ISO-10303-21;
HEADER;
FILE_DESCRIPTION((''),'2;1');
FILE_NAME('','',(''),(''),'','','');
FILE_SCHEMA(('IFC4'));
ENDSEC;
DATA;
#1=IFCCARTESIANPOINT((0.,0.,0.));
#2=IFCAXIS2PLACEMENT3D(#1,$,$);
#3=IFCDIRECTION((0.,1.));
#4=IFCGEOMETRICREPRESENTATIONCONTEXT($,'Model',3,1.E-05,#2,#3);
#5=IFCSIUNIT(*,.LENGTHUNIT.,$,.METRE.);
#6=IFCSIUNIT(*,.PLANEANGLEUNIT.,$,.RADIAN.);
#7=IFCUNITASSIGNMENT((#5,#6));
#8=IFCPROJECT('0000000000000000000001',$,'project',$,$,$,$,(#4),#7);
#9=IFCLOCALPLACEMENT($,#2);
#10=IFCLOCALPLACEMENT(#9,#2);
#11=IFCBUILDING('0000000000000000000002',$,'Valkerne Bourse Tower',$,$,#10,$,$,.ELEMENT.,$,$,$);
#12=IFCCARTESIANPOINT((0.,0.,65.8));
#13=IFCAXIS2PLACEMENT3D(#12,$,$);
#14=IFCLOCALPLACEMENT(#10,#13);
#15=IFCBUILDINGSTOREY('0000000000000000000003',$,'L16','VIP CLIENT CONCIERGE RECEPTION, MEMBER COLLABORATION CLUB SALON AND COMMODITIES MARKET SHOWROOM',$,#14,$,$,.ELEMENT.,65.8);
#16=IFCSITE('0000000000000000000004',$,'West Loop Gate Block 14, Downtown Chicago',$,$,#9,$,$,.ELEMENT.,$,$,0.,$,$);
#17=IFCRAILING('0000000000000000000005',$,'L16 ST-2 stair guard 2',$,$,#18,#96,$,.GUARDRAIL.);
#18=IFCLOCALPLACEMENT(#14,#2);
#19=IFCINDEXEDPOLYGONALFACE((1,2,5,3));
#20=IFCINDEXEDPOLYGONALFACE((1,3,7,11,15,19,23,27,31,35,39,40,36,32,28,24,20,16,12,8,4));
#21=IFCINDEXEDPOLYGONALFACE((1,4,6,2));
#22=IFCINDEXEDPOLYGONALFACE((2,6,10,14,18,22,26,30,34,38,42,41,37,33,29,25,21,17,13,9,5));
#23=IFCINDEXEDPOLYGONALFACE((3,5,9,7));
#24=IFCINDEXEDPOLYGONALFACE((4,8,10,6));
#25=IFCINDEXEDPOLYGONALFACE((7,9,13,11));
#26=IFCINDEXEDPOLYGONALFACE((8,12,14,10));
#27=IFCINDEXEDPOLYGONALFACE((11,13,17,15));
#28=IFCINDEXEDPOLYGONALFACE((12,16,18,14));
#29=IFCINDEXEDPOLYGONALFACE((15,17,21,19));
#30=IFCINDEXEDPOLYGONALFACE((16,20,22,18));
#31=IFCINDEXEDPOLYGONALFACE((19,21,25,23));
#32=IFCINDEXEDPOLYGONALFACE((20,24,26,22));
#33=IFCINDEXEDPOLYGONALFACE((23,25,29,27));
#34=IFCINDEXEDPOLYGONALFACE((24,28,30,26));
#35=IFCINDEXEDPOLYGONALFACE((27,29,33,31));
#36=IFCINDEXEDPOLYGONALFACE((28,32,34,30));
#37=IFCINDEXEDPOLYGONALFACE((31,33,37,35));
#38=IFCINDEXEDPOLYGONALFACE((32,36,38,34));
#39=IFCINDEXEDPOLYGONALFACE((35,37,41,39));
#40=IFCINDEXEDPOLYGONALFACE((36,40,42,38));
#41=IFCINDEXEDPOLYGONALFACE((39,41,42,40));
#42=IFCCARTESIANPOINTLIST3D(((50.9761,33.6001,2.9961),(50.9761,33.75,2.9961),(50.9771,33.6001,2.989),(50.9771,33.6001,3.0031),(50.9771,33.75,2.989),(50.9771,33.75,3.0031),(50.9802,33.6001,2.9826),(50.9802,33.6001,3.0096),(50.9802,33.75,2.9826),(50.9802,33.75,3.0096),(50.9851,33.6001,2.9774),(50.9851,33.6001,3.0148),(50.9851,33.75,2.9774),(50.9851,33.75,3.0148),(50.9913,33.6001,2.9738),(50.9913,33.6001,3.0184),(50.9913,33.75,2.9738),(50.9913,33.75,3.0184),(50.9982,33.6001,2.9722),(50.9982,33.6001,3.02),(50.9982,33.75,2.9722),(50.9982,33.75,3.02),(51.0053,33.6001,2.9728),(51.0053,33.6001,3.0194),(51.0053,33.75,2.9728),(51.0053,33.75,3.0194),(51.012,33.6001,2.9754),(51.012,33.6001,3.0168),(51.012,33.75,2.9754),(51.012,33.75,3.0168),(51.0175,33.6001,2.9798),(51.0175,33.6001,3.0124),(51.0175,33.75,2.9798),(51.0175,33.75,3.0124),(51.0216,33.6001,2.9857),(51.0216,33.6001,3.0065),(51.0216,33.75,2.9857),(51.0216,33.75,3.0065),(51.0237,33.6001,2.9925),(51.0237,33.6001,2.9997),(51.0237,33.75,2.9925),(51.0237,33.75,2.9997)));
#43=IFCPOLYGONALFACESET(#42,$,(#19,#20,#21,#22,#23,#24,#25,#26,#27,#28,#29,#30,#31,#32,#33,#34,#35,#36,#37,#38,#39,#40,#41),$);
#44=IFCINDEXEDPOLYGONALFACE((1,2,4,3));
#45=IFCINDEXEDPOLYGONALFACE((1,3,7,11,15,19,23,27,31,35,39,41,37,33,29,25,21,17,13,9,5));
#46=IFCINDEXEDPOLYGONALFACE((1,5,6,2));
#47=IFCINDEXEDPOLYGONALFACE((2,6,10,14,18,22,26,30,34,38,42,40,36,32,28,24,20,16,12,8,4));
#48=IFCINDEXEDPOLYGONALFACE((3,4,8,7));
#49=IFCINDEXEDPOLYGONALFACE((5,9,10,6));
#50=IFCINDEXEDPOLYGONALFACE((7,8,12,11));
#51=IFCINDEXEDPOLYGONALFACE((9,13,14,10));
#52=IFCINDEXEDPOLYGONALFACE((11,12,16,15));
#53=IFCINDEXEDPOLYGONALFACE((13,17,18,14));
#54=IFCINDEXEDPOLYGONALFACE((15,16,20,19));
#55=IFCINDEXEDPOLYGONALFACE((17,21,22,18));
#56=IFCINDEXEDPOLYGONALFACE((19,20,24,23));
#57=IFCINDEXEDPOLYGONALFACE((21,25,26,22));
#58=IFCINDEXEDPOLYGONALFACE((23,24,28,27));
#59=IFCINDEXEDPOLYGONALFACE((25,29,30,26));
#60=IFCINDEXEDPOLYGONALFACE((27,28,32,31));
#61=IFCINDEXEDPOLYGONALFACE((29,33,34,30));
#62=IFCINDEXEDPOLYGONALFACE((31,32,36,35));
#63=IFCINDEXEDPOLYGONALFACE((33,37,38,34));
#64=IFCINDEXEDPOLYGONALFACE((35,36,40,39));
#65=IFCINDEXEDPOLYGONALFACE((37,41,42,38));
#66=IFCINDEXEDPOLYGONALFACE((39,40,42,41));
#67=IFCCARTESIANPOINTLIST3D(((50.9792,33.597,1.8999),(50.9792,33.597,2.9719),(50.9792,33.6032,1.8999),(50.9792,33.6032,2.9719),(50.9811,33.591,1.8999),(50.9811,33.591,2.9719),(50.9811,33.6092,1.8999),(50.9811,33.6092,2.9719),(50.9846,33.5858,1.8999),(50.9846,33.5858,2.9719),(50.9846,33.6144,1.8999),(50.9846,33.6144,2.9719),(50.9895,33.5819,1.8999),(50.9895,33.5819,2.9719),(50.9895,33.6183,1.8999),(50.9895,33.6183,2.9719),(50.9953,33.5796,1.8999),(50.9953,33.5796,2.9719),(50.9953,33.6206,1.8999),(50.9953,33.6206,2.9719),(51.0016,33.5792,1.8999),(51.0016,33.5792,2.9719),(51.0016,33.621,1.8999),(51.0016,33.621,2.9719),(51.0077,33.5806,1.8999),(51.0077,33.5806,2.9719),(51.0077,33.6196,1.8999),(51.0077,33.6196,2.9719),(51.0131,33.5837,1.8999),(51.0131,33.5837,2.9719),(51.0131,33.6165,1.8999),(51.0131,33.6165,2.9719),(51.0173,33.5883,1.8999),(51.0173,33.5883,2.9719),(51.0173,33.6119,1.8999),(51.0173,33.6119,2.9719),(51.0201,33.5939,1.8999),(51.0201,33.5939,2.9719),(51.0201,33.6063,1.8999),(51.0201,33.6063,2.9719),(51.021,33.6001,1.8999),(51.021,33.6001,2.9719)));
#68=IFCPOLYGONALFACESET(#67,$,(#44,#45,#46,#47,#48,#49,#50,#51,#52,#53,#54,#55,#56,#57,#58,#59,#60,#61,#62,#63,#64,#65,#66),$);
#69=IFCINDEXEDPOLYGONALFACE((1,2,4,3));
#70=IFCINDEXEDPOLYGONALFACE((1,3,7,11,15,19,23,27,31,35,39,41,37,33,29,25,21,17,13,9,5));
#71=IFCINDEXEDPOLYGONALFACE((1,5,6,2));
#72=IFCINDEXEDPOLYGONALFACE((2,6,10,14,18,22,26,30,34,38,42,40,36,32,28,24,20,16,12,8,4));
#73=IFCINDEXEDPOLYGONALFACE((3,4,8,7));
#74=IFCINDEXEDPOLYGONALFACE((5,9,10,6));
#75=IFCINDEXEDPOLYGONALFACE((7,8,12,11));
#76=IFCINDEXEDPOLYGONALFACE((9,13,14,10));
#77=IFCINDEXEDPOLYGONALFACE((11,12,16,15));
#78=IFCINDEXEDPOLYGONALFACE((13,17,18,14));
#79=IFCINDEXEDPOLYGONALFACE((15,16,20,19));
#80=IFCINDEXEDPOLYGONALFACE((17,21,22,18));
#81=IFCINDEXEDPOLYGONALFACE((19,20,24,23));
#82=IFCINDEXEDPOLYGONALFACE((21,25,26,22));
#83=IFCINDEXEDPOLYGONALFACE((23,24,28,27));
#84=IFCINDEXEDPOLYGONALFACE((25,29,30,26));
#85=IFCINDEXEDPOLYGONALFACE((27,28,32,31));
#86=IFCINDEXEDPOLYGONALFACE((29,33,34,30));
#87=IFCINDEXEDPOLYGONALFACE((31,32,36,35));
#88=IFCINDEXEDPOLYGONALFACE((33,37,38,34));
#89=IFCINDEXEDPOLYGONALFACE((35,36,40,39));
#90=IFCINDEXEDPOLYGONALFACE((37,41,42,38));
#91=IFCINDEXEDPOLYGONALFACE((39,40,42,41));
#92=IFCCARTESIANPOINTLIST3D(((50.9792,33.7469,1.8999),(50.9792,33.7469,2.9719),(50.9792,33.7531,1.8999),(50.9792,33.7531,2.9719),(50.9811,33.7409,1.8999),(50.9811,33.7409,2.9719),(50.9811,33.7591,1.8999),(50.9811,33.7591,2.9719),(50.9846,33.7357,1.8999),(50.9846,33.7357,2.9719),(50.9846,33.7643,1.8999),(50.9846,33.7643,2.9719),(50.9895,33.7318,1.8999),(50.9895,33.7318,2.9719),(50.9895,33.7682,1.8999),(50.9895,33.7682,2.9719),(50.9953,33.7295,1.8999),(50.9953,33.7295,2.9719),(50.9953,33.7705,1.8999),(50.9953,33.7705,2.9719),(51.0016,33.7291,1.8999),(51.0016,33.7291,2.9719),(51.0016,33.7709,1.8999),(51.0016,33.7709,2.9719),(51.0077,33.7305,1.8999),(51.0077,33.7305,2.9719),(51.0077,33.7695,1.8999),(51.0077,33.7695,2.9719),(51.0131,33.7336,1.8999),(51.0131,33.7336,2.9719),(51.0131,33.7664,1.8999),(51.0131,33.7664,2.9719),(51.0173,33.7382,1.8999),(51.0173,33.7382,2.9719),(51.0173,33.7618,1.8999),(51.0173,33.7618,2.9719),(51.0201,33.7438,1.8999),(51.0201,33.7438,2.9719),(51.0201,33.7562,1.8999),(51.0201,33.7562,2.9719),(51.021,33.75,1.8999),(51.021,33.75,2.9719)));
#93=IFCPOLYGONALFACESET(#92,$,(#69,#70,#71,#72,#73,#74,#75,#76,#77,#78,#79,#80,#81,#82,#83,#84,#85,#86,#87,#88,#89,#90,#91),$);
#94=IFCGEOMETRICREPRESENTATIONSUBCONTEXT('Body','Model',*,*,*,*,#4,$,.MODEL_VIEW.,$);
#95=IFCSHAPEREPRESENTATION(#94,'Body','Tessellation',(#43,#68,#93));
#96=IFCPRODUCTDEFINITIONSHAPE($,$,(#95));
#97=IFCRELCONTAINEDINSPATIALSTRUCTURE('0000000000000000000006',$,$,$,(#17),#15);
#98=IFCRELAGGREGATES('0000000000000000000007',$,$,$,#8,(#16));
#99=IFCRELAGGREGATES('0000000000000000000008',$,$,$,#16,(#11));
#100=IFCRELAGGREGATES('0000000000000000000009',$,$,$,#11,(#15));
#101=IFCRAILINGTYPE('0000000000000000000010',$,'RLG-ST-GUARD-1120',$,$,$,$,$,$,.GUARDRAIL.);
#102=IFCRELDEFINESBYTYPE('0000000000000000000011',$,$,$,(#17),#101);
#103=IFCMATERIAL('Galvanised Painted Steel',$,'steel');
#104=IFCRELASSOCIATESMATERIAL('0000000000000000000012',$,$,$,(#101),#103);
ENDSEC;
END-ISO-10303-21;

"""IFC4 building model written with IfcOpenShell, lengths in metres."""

from ifc_helpers import new_model, si_unit, direction, frame, origin, origin_2d, place, context, subcontext, project, spatial, circle, extrude, material, type_object, element, save


model = new_model("IFC4")

# Units and contexts
model_context = context("Model", 3, precision=1e-05, world=origin(), true_north=direction((0.0, 1.0)))
body_context = subcontext(model_context, "Body", "Model", "MODEL_VIEW")
ifc_project = project(units=[si_unit("LENGTHUNIT", "METRE"), si_unit("PLANEANGLEUNIT", "RADIAN")], contexts=[model_context])

# Site, building, storey
site_placement = place(None, origin())
site = spatial("IfcSite", under=ifc_project, at=site_placement, Name="West Loop Gate Block 14, Downtown Chicago", CompositionType="ELEMENT", RefElevation=0.0)
building_placement = place(site_placement, origin())
building = spatial("IfcBuilding", under=site, at=building_placement, Name="Valkerne Bourse Tower", CompositionType="ELEMENT")
storey_placement = place(building_placement, frame((0.0, 0.0, 65.8)))
storey = spatial("IfcBuildingStorey", under=building, at=storey_placement, Name="L16", Description="VIP CLIENT CONCIERGE RECEPTION, MEMBER COLLABORATION CLUB SALON AND COMMODITIES MARKET SHOWROOM", CompositionType="ELEMENT", Elevation=65.8)

# Railing
ifc_material_1 = material(Name="Galvanised Painted Steel", Category="steel")
railing_type_1 = type_object("IfcRailingType", Name="RLG-ST-GUARD-1120", PredefinedType="GUARDRAIL", material=ifc_material_1)
railing_1_placement = place(storey_placement, frame((51.0, 33.6001, 1.8999)))
element("IfcRailing", 1, at=railing_1_placement, inside=storey, type_object=railing_type_1, Name="L16 ST-2 stair guard 2", PredefinedType="GUARDRAIL", context=body_context, shape_type="SweptSolid", body=[
    extrude(circle(Radius=0.0239, at=origin_2d()), frame((0.0, 0.0, 1.0962), z_axis=(0.0, 1.0, 0.0), x_axis=(-1.0, 0.0, 0.0)), (0.0, 0.0, 1.0), 0.1499),
    extrude(circle(Radius=0.021, at=origin_2d()), origin(), (0.0, 0.0, 1.0), 1.072),
    extrude(circle(Radius=0.021, at=origin_2d()), frame((0.0, 0.1499, 0.0)), (0.0, 0.0, 1.0), 1.072),
])

save(model, "model.ifc")
